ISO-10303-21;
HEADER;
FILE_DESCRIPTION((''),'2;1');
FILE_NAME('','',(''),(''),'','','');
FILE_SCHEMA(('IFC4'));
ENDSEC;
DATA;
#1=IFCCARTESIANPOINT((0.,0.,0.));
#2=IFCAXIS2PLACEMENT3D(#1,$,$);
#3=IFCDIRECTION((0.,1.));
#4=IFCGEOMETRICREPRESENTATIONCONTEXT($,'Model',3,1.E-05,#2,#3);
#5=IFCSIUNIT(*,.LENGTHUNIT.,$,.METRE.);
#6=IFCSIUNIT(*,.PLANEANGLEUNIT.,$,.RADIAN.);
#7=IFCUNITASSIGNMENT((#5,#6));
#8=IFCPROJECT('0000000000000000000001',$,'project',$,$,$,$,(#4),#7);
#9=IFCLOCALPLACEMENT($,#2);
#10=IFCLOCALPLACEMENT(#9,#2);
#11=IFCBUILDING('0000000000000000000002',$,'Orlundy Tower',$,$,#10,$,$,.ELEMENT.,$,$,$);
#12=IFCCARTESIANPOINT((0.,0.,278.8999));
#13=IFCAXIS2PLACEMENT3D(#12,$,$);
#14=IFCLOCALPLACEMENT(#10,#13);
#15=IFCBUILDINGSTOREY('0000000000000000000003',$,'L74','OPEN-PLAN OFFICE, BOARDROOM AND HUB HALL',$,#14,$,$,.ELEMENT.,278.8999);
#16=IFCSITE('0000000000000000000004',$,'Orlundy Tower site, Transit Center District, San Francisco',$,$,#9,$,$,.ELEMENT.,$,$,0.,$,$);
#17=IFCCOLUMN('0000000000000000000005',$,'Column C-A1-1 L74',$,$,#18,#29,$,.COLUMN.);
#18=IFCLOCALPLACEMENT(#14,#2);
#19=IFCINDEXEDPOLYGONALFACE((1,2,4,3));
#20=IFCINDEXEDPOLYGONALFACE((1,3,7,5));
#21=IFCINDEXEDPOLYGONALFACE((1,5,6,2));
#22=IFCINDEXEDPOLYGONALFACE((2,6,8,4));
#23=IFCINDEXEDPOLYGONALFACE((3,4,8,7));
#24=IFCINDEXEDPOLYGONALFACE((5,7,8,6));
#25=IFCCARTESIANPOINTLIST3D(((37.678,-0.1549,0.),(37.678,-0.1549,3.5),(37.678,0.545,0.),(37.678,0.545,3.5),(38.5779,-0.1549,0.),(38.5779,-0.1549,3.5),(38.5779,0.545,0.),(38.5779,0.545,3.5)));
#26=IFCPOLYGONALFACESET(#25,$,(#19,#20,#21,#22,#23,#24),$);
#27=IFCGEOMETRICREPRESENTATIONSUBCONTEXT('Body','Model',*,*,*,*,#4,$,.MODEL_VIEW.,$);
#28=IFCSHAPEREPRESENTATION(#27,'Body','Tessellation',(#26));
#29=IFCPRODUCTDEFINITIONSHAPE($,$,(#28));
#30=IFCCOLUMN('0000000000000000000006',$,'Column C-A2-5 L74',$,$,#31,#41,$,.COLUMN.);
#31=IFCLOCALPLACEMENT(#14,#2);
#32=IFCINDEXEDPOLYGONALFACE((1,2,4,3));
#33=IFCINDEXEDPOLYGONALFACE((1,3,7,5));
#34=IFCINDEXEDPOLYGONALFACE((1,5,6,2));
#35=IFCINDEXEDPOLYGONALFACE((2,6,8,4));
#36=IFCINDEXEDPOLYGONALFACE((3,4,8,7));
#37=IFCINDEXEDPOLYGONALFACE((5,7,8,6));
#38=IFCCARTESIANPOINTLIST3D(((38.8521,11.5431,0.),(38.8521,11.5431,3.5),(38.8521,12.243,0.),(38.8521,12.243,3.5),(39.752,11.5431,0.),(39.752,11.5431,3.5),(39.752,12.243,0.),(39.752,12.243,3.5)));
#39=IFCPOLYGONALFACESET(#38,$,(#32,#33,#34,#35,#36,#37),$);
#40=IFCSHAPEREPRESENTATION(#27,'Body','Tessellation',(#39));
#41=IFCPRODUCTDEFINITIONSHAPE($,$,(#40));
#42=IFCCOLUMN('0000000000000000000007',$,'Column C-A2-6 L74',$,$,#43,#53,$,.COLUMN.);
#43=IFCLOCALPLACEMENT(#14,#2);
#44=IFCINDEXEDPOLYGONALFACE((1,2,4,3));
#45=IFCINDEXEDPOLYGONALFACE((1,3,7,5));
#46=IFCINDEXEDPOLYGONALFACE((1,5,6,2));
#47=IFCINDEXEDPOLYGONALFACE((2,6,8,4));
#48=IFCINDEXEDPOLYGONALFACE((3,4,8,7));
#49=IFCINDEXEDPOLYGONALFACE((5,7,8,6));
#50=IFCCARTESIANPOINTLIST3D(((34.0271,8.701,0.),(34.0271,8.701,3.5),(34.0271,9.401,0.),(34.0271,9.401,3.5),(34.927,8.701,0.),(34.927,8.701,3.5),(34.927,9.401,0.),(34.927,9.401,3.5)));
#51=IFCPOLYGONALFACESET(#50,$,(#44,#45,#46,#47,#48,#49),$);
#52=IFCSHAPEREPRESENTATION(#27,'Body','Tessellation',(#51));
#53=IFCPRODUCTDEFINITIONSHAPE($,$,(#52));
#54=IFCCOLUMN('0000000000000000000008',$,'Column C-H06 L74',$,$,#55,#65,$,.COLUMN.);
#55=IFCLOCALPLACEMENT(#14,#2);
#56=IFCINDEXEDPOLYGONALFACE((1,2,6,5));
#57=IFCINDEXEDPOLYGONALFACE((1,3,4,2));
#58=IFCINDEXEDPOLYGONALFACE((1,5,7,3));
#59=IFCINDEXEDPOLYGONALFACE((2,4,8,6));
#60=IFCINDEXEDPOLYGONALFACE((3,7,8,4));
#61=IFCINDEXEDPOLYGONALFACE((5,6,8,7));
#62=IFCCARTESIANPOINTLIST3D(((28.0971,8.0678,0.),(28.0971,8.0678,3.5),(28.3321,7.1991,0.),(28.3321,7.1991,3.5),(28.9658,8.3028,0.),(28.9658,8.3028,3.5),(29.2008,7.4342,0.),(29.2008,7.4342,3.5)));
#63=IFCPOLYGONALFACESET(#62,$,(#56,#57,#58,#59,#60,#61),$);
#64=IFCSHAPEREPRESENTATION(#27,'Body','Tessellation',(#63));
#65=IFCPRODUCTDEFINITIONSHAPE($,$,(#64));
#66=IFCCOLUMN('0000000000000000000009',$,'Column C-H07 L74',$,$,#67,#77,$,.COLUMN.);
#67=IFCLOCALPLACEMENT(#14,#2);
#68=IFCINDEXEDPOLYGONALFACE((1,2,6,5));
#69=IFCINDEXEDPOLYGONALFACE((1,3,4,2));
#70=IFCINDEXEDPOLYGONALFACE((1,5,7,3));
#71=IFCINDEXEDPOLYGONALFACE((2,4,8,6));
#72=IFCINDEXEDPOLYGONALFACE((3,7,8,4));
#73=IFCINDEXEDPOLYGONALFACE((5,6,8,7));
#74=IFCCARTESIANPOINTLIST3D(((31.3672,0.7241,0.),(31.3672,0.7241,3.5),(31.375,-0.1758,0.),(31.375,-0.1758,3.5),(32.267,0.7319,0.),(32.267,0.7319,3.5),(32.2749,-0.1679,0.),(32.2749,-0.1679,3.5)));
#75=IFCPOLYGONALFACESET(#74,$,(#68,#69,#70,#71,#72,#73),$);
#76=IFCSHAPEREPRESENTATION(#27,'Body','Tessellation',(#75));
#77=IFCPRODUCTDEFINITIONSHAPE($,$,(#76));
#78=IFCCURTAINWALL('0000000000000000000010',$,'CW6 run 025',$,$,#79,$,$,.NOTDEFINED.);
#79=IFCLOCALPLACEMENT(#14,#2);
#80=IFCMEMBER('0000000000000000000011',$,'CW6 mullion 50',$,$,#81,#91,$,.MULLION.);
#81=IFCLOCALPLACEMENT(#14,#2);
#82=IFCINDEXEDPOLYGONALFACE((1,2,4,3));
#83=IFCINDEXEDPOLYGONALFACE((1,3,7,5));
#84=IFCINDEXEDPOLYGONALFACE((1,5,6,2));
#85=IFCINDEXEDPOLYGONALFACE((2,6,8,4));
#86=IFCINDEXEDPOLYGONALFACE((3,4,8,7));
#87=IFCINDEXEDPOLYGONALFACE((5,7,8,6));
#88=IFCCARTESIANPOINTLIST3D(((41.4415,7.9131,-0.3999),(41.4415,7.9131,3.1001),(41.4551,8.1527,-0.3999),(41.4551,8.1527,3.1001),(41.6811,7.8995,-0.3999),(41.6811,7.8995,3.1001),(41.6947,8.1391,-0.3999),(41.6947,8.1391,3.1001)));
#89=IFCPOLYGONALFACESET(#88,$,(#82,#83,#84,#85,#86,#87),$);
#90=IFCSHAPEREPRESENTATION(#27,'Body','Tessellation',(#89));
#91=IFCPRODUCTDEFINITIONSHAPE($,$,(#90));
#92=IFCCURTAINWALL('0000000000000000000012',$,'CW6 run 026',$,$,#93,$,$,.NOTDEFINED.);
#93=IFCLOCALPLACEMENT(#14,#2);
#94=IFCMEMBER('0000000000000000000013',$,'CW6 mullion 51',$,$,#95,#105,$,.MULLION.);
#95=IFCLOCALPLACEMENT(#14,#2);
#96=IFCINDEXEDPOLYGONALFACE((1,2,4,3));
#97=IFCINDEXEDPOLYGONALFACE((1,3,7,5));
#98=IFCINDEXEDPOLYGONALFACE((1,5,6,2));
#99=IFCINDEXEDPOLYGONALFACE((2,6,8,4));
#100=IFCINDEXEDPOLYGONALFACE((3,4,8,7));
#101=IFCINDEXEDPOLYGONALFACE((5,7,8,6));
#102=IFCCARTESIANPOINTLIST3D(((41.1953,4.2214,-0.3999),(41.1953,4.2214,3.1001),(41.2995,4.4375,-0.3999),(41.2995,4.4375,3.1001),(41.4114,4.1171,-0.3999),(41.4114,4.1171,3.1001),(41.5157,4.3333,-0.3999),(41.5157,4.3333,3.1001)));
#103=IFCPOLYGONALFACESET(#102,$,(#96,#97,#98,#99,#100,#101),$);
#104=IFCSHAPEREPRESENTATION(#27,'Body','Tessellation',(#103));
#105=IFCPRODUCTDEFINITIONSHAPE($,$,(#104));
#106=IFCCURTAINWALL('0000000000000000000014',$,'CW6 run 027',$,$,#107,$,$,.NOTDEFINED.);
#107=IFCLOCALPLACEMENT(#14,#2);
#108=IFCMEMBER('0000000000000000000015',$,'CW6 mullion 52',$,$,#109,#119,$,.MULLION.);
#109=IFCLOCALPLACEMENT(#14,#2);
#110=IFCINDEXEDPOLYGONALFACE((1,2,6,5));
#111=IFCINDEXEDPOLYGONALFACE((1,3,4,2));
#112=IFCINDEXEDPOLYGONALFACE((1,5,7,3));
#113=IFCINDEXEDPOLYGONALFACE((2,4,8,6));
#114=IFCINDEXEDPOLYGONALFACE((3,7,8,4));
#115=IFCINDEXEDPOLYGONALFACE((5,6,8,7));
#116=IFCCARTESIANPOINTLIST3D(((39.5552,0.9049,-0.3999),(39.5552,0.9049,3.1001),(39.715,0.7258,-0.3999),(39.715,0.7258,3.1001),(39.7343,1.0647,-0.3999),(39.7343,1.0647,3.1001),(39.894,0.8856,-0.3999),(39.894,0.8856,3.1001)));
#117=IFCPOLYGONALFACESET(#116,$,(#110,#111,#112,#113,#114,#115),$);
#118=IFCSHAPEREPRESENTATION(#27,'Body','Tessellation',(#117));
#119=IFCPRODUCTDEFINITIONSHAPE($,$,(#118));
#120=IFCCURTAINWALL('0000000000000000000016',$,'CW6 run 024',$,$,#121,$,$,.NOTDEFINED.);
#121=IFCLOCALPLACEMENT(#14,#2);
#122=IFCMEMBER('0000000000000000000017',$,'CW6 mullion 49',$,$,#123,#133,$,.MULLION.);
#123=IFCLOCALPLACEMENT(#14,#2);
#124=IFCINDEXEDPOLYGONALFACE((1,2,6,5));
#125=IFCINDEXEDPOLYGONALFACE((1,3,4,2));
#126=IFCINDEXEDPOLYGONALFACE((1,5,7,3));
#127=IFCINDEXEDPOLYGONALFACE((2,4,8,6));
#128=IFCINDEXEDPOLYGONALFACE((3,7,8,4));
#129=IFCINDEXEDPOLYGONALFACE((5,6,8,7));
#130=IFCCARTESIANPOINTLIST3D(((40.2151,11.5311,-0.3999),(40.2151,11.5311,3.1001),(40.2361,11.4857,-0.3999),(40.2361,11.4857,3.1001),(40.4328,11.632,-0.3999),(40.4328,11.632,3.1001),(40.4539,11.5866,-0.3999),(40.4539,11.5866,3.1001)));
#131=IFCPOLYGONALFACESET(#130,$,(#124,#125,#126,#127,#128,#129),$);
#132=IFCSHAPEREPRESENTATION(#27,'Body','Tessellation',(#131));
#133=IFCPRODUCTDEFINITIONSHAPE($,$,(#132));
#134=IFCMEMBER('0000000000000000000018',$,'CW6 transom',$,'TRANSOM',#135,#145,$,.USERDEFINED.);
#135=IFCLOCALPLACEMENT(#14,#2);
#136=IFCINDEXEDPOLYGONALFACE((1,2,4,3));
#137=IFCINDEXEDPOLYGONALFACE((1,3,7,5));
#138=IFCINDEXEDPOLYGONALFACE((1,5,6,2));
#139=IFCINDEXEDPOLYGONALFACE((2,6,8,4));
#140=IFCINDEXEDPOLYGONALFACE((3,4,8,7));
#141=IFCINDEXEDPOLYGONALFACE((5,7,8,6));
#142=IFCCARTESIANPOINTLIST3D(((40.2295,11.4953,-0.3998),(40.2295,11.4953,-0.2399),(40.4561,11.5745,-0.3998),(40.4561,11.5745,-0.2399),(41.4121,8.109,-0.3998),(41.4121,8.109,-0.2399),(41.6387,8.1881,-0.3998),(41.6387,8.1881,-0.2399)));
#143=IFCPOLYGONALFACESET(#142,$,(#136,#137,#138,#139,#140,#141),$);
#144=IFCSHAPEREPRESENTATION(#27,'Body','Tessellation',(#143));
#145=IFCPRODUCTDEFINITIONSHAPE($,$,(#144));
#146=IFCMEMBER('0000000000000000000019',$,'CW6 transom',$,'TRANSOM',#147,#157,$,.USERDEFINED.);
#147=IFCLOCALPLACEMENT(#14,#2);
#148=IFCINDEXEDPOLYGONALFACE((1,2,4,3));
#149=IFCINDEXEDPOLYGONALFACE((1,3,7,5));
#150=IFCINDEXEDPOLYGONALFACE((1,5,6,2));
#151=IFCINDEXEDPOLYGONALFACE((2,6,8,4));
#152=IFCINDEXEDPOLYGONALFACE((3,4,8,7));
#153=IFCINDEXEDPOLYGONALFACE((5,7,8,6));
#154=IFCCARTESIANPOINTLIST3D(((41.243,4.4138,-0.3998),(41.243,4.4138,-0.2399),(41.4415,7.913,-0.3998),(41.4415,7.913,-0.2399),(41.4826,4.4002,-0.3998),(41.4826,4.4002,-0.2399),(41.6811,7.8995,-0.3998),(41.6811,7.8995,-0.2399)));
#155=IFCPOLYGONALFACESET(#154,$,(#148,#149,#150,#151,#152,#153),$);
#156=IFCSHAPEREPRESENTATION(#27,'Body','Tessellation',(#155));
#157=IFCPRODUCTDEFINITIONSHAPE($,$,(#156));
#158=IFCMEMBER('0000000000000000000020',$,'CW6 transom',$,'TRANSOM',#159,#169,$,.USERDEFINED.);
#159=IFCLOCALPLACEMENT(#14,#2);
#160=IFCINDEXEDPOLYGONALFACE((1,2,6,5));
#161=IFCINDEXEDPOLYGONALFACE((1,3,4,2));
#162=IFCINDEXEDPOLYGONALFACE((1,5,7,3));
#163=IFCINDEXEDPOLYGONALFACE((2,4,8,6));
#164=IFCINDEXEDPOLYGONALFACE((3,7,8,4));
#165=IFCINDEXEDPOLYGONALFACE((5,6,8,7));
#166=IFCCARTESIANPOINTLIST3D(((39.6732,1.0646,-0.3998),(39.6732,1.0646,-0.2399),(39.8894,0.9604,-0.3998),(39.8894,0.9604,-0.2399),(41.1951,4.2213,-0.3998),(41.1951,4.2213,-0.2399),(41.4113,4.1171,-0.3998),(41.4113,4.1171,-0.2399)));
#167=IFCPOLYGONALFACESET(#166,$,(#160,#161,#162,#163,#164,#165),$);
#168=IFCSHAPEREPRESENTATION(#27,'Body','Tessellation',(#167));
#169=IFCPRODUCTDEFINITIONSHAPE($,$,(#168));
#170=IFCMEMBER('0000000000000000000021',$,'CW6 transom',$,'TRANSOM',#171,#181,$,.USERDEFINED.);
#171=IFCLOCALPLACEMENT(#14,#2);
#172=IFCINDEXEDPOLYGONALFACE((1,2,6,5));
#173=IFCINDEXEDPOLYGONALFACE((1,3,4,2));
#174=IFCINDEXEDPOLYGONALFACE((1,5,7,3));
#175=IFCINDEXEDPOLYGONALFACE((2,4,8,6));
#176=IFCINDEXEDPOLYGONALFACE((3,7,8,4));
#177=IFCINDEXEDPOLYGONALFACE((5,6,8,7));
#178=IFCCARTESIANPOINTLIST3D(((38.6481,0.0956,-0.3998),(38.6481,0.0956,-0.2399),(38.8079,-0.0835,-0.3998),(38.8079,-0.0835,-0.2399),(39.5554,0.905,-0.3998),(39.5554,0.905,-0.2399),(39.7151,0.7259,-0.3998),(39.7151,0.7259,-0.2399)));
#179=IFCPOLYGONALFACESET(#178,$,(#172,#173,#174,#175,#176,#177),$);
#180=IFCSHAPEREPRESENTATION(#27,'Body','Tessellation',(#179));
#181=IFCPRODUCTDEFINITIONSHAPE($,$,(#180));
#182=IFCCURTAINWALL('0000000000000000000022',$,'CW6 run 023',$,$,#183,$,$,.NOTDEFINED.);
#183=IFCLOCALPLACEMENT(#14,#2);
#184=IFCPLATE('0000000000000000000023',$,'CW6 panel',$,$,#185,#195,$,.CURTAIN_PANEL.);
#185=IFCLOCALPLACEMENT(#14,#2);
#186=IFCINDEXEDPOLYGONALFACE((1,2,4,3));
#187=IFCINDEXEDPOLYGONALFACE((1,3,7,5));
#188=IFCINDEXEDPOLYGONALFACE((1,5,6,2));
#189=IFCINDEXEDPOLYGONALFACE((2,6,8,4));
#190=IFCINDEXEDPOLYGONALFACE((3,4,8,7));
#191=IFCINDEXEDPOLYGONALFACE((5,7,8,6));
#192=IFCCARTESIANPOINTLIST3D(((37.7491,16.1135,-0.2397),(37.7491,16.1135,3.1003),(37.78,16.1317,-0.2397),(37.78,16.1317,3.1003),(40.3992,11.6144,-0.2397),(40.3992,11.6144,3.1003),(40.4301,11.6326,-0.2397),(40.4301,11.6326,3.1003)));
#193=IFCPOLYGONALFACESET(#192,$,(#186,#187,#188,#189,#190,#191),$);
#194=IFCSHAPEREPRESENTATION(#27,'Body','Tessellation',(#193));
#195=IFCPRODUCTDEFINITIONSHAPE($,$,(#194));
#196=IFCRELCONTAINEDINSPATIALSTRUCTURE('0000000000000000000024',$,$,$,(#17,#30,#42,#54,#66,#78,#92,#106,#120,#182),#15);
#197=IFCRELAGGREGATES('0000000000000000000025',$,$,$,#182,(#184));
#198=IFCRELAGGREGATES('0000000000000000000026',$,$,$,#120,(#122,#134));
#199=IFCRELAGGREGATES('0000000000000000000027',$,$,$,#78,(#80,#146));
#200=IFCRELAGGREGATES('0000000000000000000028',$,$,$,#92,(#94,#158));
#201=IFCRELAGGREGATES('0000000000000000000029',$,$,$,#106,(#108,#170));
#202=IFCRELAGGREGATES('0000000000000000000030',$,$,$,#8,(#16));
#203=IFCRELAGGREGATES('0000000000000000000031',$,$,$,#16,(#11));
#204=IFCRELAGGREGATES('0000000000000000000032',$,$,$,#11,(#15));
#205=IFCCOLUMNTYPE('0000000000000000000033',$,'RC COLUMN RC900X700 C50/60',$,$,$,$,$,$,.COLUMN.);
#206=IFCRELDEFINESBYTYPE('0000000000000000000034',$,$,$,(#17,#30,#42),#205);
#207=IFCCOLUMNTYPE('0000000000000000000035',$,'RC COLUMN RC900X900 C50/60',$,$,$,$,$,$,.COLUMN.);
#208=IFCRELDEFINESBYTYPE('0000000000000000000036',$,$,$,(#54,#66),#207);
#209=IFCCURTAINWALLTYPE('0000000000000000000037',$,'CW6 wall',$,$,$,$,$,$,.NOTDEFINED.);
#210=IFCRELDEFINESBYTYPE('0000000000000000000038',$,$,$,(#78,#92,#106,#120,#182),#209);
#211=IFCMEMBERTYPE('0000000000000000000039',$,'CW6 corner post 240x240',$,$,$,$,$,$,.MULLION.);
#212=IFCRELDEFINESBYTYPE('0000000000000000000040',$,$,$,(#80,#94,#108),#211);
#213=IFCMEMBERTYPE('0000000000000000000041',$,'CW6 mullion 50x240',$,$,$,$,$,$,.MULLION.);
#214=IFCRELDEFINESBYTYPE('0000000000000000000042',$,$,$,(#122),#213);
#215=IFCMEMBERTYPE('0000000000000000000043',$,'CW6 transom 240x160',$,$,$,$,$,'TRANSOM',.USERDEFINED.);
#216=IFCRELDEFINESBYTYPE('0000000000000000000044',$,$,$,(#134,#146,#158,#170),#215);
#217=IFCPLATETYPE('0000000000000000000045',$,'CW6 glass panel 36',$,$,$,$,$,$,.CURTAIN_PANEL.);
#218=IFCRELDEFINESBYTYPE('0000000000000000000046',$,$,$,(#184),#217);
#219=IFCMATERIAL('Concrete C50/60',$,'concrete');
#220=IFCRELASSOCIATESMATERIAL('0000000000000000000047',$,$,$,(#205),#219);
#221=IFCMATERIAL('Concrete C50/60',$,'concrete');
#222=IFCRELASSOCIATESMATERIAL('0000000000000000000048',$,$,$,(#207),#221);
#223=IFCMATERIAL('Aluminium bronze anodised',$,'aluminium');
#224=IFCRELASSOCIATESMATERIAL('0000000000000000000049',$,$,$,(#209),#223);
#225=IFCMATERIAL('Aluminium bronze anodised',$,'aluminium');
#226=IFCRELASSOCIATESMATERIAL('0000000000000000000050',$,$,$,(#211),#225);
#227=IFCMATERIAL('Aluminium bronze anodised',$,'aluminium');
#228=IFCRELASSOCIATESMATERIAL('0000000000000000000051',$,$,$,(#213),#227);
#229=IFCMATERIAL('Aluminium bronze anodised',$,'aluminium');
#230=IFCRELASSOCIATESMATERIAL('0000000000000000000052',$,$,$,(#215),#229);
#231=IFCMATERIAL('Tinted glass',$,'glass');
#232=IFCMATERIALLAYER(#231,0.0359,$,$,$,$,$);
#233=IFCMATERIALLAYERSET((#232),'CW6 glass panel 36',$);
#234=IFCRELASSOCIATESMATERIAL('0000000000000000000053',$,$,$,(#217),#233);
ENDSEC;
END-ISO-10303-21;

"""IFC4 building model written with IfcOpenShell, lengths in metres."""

from ifc_helpers import new_model, si_unit, direction, frame, origin, origin_2d, place, context, subcontext, project, spatial, rectangle, extrude, material, layer, layer_set, material_profile, profile_set, type_object, element, aggregate, save


model = new_model("IFC4")

# Units and contexts
model_context = context("Model", 3, precision=1e-05, world=origin(), true_north=direction((0.0, 1.0)))
body_context = subcontext(model_context, "Body", "Model", "MODEL_VIEW")
ifc_project = project(units=[si_unit("LENGTHUNIT", "METRE"), si_unit("PLANEANGLEUNIT", "RADIAN")], contexts=[model_context])

# Site, building, storey
site_placement = place(None, origin())
site = spatial("IfcSite", under=ifc_project, at=site_placement, Name="Orlundy Tower site, Transit Center District, San Francisco", CompositionType="ELEMENT", RefElevation=0.0)
building_placement = place(site_placement, origin())
building = spatial("IfcBuilding", under=site, at=building_placement, Name="Orlundy Tower", CompositionType="ELEMENT")
storey_placement = place(building_placement, frame((0.0, 0.0, 278.8999)))
storey = spatial("IfcBuildingStorey", under=building, at=storey_placement, Name="L74", Description="OPEN-PLAN OFFICE, BOARDROOM AND HUB HALL", CompositionType="ELEMENT", Elevation=278.8999)

# Columns
ifc_material_1 = material(Name="Concrete C50/60", Category="concrete")
ifc_material_profile_1 = material_profile(ifc_material_1, rectangle(XDim=0.8999, YDim=0.7, at=origin_2d()), Name="RC900X700")
ifc_profile_set_1 = profile_set([ifc_material_profile_1], Name="Concrete C50/60")
column_type_1 = type_object("IfcColumnType", Name="RC COLUMN RC900X700 C50/60", PredefinedType="COLUMN", material=ifc_profile_set_1)
for number, where, z_axis, x_axis, name in (
    (1, (38.1279, 0.1951, 0.0), (0.0, 0.0, 1.0), (1.0, 0.0, 0.0), "Column C-A1-1 L74"),
    (2, (39.302, 11.8931, 0.0), (0.0, 0.0, 1.0), (1.0, 0.0, 0.0), "Column C-A2-5 L74"),
    (3, (34.4771, 9.051, 0.0), (0.0, 0.0, 1.0), (1.0, 0.0, 0.0), "Column C-A2-6 L74"),
):
    element("IfcColumn", number, at=place(storey_placement, frame(where, z_axis=z_axis, x_axis=x_axis)), inside=storey, type_object=column_type_1, Name=name, PredefinedType="COLUMN", context=body_context, shape_type="SweptSolid", body=[
        extrude(rectangle(XDim=0.8999, YDim=0.7, at=origin_2d()), origin(), (0.0, 0.0, 1.0), 3.5),
    ])
ifc_material_2 = material(Name="Concrete C50/60", Category="concrete")
ifc_material_profile_2 = material_profile(ifc_material_2, rectangle(XDim=0.8999, YDim=0.8999, at=origin_2d()), Name="RC900X900")
ifc_profile_set_2 = profile_set([ifc_material_profile_2], Name="Concrete C50/60")
column_type_2 = type_object("IfcColumnType", Name="RC COLUMN RC900X900 C50/60", PredefinedType="COLUMN", material=ifc_profile_set_2)
for number, where, z_axis, x_axis, name in (
    (4, (28.6489, 7.751, 0.0), (0.0, 0.0, 1.0), (0.965295, 0.261162, 0.0), "Column C-H06 L74"),
    (5, (31.821, 0.2781, 0.0), (0.0, 0.0, 1.0), (0.999962, 0.008744, 0.0), "Column C-H07 L74"),
):
    element("IfcColumn", number, at=place(storey_placement, frame(where, z_axis=z_axis, x_axis=x_axis)), inside=storey, type_object=column_type_2, Name=name, PredefinedType="COLUMN", context=body_context, shape_type="SweptSolid", body=[
        extrude(rectangle(XDim=0.8999, YDim=0.8999, at=origin_2d()), origin(), (0.0, 0.0, 1.0), 3.5),
    ])

# Curtain walls, members
ifc_material_3 = material(Name="Aluminium bronze anodised", Category="aluminium")
curtain_wall_type = type_object("IfcCurtainWallType", Name="CW6 wall", PredefinedType="NOTDEFINED", material=ifc_material_3)
curtain_wall_1_placement = place(storey_placement, origin())
curtain_wall_1 = element("IfcCurtainWall", 6, at=curtain_wall_1_placement, inside=storey, type_object=curtain_wall_type, Name="CW6 run 025", PredefinedType="NOTDEFINED")
ifc_material_4 = material(Name="Aluminium bronze anodised", Category="aluminium")
ifc_material_profile_3 = material_profile(ifc_material_4, rectangle(XDim=0.24, YDim=0.24, at=origin_2d()), Name="CW6 corner post 240x240")
ifc_profile_set_3 = profile_set([ifc_material_profile_3], Name="Aluminium bronze anodised")
member_type_1 = type_object("IfcMemberType", Name="CW6 corner post 240x240", PredefinedType="MULLION", material=ifc_profile_set_3)
member_1_placement = place(storey_placement, frame((41.5681, 8.0261, -0.3999), z_axis=(0.0, 0.0, 1.0), x_axis=(0.998394, -0.05665, 0.0)))
member_1 = element("IfcMember", 7, at=member_1_placement, type_object=member_type_1, Name="CW6 mullion 50", PredefinedType="MULLION", context=body_context, shape_type="SweptSolid", body=[
    extrude(rectangle(XDim=0.24, YDim=0.24, at=origin_2d()), origin(), (0.0, 0.0, 1.0), 3.5),
])
curtain_wall_2_placement = place(storey_placement, origin())
curtain_wall_2 = element("IfcCurtainWall", 8, at=curtain_wall_2_placement, inside=storey, type_object=curtain_wall_type, Name="CW6 run 026", PredefinedType="NOTDEFINED")
member_2_placement = place(storey_placement, frame((41.3555, 4.2773, -0.3999), z_axis=(0.0, 0.0, 1.0), x_axis=(0.900755, -0.434327, 0.0)))
member_2 = element("IfcMember", 9, at=member_2_placement, type_object=member_type_1, Name="CW6 mullion 51", PredefinedType="MULLION", context=body_context, shape_type="SweptSolid", body=[
    extrude(rectangle(XDim=0.24, YDim=0.24, at=origin_2d()), origin(), (0.0, 0.0, 1.0), 3.5),
])
curtain_wall_3_placement = place(storey_placement, origin())
curtain_wall_3 = element("IfcCurtainWall", 10, at=curtain_wall_3_placement, inside=storey, type_object=curtain_wall_type, Name="CW6 run 027", PredefinedType="NOTDEFINED")
member_3_placement = place(storey_placement, frame((39.7246, 0.8953, -0.3999), z_axis=(0.0, 0.0, 1.0), x_axis=(0.665769, -0.746158, 0.0)))
member_3 = element("IfcMember", 11, at=member_3_placement, type_object=member_type_1, Name="CW6 mullion 52", PredefinedType="MULLION", context=body_context, shape_type="SweptSolid", body=[
    extrude(rectangle(XDim=0.24, YDim=0.24, at=origin_2d()), origin(), (0.0, 0.0, 1.0), 3.5),
])

# Curtain wall, members
curtain_wall_4_placement = place(storey_placement, origin())
curtain_wall_4 = element("IfcCurtainWall", 12, at=curtain_wall_4_placement, inside=storey, type_object=curtain_wall_type, Name="CW6 run 024", PredefinedType="NOTDEFINED")
ifc_material_5 = material(Name="Aluminium bronze anodised", Category="aluminium")
ifc_material_profile_4 = material_profile(ifc_material_5, rectangle(XDim=0.24, YDim=0.05, at=origin_2d()), Name="CW6 mullion 50x240")
ifc_profile_set_4 = profile_set([ifc_material_profile_4], Name="Aluminium bronze anodised")
member_type_2 = type_object("IfcMemberType", Name="CW6 mullion 50x240", PredefinedType="MULLION", material=ifc_profile_set_4)
member_4_placement = place(storey_placement, frame((40.3345, 11.5588, -0.3999), z_axis=(0.0, 0.0, 1.0), x_axis=(0.907224, 0.420648, 0.0)))
member_4 = element("IfcMember", 13, at=member_4_placement, type_object=member_type_2, Name="CW6 mullion 49", PredefinedType="MULLION", context=body_context, shape_type="SweptSolid", body=[
    extrude(rectangle(XDim=0.24, YDim=0.05, at=origin_2d()), origin(), (0.0, 0.0, 1.0), 3.5),
])
ifc_material_6 = material(Name="Aluminium bronze anodised", Category="aluminium")
ifc_material_profile_5 = material_profile(ifc_material_6, rectangle(XDim=0.24, YDim=0.1599, at=origin_2d()), Name="CW6 transom 240x160")
ifc_profile_set_5 = profile_set([ifc_material_profile_5], Name="Aluminium bronze anodised")
member_type_3 = type_object("IfcMemberType", Name="CW6 transom 240x160", ElementType="TRANSOM", PredefinedType="USERDEFINED", material=ifc_profile_set_5)
member_5_placement = place(storey_placement, frame((40.3428, 11.5349, -0.3198), z_axis=(0.329714, -0.944081, 0.0), x_axis=(0.944081, 0.329714, 0.0)))
member_5 = element("IfcMember", 14, at=member_5_placement, type_object=member_type_3, Name="CW6 transom", ObjectType="TRANSOM", PredefinedType="USERDEFINED", context=body_context, shape_type="SweptSolid", body=[
    extrude(rectangle(XDim=0.24, YDim=0.1599, at=origin_2d()), origin(), (0.0, 0.0, 1.0), 3.5869),
])

# Members
member_6_placement = place(storey_placement, frame((41.5613, 7.9062, -0.3198), z_axis=(-0.056631, -0.998395, 0.0), x_axis=(0.998395, -0.056631, 0.0)))
member_6 = element("IfcMember", 15, at=member_6_placement, type_object=member_type_3, Name="CW6 transom", ObjectType="TRANSOM", PredefinedType="USERDEFINED", context=body_context, shape_type="SweptSolid", body=[
    extrude(rectangle(XDim=0.24, YDim=0.1599, at=origin_2d()), origin(), (0.0, 0.0, 1.0), 3.5049),
])
member_7_placement = place(storey_placement, frame((41.3032, 4.1692, -0.3198), z_axis=(-0.434293, -0.900772, 0.0), x_axis=(0.900772, -0.434293, 0.0)))
member_7 = element("IfcMember", 16, at=member_7_placement, type_object=member_type_3, Name="CW6 transom", ObjectType="TRANSOM", PredefinedType="USERDEFINED", context=body_context, shape_type="SweptSolid", body=[
    extrude(rectangle(XDim=0.24, YDim=0.1599, at=origin_2d()), origin(), (0.0, 0.0, 1.0), 3.5044),
])
member_8_placement = place(storey_placement, frame((39.6353, 0.8154, -0.3198), z_axis=(-0.746223, -0.665696, 0.0), x_axis=(0.665696, -0.746223, 0.0)))
member_8 = element("IfcMember", 17, at=member_8_placement, type_object=member_type_3, Name="CW6 transom", ObjectType="TRANSOM", PredefinedType="USERDEFINED", context=body_context, shape_type="SweptSolid", body=[
    extrude(rectangle(XDim=0.24, YDim=0.1599, at=origin_2d()), origin(), (0.0, 0.0, 1.0), 1.2158),
])

# Curtain wall, plate
curtain_wall_5_placement = place(storey_placement, origin())
curtain_wall_5 = element("IfcCurtainWall", 18, at=curtain_wall_5_placement, inside=storey, type_object=curtain_wall_type, Name="CW6 run 023", PredefinedType="NOTDEFINED")
ifc_material_7 = material(Name="Tinted glass", Category="glass")
ifc_layer = layer(ifc_material_7, 0.0359)
ifc_layer_set = layer_set([ifc_layer], Name="CW6 glass panel 36")
plate_type = type_object("IfcPlateType", Name="CW6 glass panel 36", PredefinedType="CURTAIN_PANEL", material=ifc_layer_set)
plate_1_placement = place(storey_placement, frame((39.0896, 13.873, -0.2397), z_axis=(0.0, 0.0, 1.0), x_axis=(0.507532, -0.861633, 0.0)))
plate_1 = element("IfcPlate", 19, at=plate_1_placement, type_object=plate_type, Name="CW6 panel", PredefinedType="CURTAIN_PANEL", context=body_context, shape_type="SweptSolid", body=[
    extrude(rectangle(XDim=5.2217, YDim=0.0359, at=origin_2d()), origin(), (0.0, 0.0, 1.0), 3.3401),
])
aggregate(curtain_wall_5, [plate_1])

aggregate(curtain_wall_4, [member_4, member_5])
aggregate(curtain_wall_1, [member_1, member_6])
aggregate(curtain_wall_2, [member_2, member_7])
aggregate(curtain_wall_3, [member_3, member_8])

save(model, "model.ifc")
